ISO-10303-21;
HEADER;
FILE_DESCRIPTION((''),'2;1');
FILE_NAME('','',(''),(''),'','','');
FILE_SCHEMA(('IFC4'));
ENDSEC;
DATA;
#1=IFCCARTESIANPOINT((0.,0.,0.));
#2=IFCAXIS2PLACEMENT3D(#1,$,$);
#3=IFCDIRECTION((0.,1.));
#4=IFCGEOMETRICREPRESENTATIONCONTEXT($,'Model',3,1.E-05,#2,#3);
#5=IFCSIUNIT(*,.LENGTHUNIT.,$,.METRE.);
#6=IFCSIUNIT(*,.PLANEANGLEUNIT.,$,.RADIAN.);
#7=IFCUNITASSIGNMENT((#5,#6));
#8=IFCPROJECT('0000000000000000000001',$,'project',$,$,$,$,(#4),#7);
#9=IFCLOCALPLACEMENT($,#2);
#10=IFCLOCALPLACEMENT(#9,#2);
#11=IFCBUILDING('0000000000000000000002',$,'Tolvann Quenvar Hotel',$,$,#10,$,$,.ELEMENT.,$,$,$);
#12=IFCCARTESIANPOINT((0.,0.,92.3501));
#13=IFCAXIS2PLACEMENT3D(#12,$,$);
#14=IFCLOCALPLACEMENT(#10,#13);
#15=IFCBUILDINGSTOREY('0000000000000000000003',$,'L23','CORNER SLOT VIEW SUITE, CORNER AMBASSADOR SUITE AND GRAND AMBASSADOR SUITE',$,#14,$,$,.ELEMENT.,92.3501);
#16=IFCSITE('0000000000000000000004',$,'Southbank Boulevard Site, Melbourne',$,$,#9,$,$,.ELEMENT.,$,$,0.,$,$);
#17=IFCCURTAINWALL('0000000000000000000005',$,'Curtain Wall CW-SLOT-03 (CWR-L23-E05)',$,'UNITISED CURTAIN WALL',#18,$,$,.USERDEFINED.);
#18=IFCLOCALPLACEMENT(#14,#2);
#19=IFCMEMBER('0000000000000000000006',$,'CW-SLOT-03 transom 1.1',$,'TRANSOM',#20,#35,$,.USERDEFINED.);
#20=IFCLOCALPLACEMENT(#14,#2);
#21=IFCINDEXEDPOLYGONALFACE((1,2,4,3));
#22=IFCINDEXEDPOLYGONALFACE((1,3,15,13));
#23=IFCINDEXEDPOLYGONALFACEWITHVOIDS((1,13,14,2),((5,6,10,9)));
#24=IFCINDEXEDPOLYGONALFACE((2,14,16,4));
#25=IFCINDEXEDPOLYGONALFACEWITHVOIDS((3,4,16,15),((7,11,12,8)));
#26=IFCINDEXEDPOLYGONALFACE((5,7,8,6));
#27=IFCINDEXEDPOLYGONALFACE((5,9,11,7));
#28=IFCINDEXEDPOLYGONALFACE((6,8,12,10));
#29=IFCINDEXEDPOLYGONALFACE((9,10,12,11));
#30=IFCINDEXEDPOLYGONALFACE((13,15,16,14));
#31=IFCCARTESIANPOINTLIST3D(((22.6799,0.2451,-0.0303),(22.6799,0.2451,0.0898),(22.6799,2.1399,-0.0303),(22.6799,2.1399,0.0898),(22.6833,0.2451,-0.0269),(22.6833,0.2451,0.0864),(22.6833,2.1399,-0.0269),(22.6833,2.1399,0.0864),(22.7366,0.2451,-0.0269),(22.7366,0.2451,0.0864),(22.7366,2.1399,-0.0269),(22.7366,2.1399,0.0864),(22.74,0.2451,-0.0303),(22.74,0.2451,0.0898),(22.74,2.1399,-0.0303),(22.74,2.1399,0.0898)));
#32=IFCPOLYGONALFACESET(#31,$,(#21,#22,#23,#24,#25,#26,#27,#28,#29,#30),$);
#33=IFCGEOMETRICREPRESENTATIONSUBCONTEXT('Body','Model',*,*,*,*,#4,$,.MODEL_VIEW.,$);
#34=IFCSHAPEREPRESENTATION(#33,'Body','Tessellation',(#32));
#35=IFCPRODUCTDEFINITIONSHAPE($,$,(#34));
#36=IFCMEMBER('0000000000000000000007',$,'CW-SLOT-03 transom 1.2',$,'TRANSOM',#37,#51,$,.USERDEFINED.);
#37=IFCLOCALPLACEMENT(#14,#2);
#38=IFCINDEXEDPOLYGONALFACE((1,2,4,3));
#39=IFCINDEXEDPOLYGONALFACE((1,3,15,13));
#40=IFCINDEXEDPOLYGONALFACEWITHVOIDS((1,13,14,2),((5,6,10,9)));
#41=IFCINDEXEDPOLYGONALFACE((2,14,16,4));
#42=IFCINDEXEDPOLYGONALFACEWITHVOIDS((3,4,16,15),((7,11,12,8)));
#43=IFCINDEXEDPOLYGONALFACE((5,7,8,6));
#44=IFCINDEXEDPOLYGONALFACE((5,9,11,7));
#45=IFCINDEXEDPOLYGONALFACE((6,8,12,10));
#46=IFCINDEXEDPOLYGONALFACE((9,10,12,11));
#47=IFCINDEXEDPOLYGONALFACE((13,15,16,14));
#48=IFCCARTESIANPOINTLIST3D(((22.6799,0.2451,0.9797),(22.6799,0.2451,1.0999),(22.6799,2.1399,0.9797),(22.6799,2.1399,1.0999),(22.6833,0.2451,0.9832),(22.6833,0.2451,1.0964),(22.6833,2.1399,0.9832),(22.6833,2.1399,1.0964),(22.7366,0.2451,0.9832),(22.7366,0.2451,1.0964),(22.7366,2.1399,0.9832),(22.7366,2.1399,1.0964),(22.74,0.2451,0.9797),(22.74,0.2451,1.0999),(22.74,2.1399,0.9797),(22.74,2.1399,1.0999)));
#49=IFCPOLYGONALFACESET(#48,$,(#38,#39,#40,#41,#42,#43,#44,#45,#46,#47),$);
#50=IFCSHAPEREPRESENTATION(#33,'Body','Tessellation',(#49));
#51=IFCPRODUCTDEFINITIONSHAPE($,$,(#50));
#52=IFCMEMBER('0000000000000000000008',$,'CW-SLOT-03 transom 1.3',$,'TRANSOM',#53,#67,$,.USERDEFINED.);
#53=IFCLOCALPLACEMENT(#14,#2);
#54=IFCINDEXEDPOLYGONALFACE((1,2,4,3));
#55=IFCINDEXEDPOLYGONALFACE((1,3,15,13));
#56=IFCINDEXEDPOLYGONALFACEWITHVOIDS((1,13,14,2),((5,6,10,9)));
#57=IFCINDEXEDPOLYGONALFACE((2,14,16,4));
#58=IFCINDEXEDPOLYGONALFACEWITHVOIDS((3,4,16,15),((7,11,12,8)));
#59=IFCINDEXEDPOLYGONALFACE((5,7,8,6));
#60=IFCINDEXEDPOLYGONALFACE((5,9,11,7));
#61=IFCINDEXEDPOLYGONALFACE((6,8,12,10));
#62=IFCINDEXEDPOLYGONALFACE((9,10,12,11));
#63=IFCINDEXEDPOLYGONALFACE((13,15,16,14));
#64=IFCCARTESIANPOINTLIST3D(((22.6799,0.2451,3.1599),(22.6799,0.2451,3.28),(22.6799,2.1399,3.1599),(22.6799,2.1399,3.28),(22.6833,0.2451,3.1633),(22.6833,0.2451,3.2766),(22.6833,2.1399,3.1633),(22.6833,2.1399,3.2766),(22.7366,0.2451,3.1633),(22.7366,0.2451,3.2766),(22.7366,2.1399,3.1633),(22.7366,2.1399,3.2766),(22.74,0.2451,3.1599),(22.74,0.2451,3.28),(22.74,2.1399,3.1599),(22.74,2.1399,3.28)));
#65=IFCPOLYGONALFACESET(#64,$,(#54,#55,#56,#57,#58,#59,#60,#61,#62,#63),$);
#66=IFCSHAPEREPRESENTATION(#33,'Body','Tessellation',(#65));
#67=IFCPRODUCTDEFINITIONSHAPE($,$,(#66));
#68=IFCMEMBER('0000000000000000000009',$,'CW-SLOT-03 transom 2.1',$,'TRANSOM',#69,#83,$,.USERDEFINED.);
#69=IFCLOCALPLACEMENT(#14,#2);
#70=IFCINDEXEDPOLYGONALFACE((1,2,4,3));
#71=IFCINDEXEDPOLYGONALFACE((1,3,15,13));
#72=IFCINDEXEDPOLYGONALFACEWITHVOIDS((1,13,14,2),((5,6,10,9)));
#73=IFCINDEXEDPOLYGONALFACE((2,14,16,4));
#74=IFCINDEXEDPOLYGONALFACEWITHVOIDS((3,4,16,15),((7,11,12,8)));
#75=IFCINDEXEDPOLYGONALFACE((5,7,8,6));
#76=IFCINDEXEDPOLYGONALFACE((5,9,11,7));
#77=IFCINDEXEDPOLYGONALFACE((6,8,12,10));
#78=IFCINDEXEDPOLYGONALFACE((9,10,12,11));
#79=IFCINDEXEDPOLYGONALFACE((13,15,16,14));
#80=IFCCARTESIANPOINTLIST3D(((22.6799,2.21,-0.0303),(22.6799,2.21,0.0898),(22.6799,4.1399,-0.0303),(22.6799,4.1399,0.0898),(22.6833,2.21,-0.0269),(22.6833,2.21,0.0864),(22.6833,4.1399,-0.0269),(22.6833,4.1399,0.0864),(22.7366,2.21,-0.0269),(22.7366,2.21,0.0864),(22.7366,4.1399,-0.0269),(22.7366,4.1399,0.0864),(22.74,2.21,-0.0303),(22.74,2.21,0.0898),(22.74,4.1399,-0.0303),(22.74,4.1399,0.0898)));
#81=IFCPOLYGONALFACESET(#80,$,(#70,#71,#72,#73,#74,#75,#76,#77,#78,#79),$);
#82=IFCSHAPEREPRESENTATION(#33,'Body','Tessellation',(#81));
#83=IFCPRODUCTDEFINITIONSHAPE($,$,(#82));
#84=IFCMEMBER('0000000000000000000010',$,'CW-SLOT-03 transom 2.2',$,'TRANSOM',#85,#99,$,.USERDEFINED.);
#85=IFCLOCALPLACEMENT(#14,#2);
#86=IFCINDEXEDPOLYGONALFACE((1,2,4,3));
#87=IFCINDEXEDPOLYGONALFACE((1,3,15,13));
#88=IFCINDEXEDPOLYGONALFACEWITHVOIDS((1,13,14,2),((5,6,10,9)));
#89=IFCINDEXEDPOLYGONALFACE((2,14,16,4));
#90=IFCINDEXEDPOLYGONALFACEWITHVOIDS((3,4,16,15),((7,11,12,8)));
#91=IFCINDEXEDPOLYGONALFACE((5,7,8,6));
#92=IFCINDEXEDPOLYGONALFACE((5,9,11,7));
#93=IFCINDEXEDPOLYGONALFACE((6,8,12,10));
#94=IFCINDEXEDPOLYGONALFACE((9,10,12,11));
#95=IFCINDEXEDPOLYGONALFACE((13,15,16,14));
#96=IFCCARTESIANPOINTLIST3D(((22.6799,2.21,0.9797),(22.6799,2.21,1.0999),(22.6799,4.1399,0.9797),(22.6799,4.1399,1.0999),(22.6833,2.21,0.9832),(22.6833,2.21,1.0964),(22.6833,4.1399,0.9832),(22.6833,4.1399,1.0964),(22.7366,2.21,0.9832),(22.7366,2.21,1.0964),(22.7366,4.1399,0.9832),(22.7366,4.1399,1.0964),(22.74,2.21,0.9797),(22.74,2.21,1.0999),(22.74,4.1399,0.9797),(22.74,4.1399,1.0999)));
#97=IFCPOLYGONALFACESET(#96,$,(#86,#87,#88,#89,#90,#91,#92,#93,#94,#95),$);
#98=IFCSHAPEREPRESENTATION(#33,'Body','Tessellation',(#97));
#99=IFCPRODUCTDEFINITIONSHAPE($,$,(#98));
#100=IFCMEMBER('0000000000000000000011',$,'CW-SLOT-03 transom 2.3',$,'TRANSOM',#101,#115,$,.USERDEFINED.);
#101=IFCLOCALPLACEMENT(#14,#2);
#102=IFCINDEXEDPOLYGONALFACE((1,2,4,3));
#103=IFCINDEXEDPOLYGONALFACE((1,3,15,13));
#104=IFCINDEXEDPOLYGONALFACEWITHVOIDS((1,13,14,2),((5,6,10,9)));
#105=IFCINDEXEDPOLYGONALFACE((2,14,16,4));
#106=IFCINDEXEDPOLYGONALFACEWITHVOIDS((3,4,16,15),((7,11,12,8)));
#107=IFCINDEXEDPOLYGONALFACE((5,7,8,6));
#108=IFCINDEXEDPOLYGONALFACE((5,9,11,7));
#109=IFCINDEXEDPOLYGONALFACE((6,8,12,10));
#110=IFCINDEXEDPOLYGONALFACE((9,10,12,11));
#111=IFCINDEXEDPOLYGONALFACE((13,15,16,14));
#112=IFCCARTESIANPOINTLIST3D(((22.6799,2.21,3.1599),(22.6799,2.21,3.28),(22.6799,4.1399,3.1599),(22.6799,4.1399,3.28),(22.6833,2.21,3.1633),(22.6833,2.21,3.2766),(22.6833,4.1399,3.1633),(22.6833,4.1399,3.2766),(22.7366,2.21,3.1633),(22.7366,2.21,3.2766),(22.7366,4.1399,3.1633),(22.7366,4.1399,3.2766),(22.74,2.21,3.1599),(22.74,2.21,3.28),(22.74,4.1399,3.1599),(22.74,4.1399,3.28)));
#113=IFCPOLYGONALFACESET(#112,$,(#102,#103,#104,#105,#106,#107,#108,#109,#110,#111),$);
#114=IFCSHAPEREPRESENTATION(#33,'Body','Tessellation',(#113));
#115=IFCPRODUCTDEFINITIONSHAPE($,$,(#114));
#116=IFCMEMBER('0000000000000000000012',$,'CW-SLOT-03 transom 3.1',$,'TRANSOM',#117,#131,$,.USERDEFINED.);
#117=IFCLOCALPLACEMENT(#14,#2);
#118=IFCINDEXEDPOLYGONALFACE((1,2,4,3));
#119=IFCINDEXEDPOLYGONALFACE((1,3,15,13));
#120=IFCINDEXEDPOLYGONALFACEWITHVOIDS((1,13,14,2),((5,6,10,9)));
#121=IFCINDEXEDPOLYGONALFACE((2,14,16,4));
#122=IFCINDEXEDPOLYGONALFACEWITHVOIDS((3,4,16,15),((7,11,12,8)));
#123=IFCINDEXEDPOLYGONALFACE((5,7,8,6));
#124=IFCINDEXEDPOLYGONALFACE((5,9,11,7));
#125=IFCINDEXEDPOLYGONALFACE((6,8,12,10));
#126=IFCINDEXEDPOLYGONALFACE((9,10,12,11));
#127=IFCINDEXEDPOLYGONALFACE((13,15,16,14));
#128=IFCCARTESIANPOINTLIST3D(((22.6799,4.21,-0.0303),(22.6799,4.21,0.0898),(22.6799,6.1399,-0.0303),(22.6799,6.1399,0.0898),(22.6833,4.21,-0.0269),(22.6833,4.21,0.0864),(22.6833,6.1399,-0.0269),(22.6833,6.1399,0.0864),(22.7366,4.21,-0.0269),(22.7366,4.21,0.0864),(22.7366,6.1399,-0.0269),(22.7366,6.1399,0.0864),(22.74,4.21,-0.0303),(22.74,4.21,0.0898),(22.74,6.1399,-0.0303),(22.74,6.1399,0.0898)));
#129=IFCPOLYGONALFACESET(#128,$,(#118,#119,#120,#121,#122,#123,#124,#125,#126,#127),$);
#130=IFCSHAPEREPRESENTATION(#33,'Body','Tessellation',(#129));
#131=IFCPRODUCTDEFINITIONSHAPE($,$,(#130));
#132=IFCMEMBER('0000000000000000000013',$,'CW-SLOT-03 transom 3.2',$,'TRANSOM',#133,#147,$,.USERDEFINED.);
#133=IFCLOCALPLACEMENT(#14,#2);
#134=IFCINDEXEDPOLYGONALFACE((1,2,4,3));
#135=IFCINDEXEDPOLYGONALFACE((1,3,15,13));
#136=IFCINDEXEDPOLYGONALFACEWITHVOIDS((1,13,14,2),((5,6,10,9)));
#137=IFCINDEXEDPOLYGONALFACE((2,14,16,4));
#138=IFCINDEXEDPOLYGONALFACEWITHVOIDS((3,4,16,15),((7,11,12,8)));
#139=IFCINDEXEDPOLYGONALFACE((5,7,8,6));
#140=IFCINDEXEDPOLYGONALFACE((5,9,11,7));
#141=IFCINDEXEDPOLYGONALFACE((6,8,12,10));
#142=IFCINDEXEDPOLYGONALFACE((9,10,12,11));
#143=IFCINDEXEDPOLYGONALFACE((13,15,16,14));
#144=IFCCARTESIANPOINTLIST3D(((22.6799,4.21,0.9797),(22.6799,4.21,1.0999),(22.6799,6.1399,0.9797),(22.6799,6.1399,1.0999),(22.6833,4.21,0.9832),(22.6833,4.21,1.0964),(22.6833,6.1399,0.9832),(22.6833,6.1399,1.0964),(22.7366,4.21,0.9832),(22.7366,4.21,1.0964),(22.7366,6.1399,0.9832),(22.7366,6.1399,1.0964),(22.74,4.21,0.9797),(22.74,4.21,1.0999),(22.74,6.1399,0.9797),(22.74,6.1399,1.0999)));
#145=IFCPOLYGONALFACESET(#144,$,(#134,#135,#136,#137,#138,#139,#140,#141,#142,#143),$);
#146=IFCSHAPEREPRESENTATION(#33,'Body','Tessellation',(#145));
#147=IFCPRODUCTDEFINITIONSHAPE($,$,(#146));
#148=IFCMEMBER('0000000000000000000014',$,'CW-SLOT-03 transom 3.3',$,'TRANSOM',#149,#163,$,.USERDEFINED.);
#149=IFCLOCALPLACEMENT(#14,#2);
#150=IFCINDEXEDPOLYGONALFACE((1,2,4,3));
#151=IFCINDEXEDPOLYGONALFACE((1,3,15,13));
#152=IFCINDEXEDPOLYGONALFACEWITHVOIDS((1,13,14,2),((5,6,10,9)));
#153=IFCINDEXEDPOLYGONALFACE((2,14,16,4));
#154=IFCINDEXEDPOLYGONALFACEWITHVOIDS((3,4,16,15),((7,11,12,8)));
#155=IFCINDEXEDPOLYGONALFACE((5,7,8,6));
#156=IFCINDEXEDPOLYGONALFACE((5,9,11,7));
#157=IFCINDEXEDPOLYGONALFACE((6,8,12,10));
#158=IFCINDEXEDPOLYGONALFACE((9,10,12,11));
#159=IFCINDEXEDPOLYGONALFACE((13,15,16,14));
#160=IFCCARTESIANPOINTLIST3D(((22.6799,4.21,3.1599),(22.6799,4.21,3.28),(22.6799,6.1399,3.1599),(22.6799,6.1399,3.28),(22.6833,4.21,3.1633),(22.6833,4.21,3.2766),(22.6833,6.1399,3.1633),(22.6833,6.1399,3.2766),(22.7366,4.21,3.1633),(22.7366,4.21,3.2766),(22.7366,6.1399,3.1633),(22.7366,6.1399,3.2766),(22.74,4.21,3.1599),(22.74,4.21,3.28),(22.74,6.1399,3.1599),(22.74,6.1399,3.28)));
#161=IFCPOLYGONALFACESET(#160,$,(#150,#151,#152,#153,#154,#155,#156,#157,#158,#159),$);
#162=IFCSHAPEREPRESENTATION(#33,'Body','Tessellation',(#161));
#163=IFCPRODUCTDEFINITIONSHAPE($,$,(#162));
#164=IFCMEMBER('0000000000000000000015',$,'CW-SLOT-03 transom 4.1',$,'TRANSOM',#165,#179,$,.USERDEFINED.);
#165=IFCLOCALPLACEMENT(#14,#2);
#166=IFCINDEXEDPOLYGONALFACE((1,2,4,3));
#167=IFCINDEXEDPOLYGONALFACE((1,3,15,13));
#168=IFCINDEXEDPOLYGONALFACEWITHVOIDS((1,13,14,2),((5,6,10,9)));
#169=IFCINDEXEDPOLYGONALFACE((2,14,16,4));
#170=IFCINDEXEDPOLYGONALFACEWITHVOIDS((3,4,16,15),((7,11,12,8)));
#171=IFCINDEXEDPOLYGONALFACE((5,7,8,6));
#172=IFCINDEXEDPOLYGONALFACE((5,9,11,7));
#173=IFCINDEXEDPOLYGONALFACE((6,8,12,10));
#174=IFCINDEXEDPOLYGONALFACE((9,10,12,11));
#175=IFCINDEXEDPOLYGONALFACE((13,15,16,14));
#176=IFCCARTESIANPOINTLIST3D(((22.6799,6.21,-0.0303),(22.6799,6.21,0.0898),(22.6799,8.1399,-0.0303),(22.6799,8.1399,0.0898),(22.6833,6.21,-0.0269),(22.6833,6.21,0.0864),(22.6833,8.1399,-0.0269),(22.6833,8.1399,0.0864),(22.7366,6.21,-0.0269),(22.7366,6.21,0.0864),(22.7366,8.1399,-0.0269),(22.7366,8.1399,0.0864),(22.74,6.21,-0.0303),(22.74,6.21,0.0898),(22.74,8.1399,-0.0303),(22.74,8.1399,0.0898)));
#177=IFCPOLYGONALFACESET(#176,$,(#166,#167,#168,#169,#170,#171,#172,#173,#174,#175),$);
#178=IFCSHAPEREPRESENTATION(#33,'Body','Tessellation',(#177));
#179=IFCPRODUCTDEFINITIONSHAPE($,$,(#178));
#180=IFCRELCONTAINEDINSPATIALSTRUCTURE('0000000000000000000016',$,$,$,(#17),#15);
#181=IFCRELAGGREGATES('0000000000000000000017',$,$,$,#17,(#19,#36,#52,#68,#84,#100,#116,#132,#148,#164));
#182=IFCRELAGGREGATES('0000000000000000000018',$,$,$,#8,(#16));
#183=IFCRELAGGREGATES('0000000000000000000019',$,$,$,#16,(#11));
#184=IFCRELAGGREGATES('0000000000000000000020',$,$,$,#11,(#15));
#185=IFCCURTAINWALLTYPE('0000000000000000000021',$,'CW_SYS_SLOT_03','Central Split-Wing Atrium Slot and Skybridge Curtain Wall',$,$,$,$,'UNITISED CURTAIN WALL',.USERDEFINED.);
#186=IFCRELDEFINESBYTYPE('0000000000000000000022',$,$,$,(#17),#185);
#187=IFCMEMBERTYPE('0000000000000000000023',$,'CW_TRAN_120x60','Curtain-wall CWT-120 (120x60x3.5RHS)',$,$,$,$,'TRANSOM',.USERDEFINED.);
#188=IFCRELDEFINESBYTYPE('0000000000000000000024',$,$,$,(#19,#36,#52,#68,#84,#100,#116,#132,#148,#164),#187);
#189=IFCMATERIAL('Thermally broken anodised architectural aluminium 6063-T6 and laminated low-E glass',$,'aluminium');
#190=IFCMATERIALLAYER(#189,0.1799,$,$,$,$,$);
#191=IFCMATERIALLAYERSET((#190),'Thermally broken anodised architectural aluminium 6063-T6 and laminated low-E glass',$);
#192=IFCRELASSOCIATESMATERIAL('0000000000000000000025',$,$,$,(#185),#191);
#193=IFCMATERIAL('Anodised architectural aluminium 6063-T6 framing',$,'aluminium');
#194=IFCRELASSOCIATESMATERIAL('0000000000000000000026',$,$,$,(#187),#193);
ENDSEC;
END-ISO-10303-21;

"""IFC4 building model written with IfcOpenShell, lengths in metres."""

from ifc_helpers import new_model, si_unit, direction, frame, origin, origin_2d, place, context, subcontext, project, spatial, hollow_rectangle, extrude, source, transform, mapped, material, layer, layer_set, material_profile, profile_set, type_object, type_shapes, element, aggregate, save


model = new_model("IFC4")

# Units and contexts
model_context = context("Model", 3, precision=1e-05, world=origin(), true_north=direction((0.0, 1.0)))
body_context = subcontext(model_context, "Body", "Model", "MODEL_VIEW")
ifc_project = project(units=[si_unit("LENGTHUNIT", "METRE"), si_unit("PLANEANGLEUNIT", "RADIAN")], contexts=[model_context])

# Site, building, storey
site_placement = place(None, origin())
site = spatial("IfcSite", under=ifc_project, at=site_placement, Name="Southbank Boulevard Site, Melbourne", CompositionType="ELEMENT", RefElevation=0.0)
building_placement = place(site_placement, origin())
building = spatial("IfcBuilding", under=site, at=building_placement, Name="Tolvann Quenvar Hotel", CompositionType="ELEMENT")
storey_placement = place(building_placement, frame((0.0, 0.0, 92.3501)))
storey = spatial("IfcBuildingStorey", under=building, at=storey_placement, Name="L23", Description="CORNER SLOT VIEW SUITE, CORNER AMBASSADOR SUITE AND GRAND AMBASSADOR SUITE", CompositionType="ELEMENT", Elevation=92.3501)

# Curtain wall, members
ifc_material_1 = material(Name="Thermally broken anodised architectural aluminium 6063-T6 and laminated low-E glass", Category="aluminium")
ifc_layer_1 = layer(ifc_material_1, 0.1799)
ifc_layer_set_1 = layer_set([ifc_layer_1], Name="Thermally broken anodised architectural aluminium 6063-T6 and laminated low-E glass")
curtain_wall_type = type_object("IfcCurtainWallType", Name="CW_SYS_SLOT_03", Description="Central Split-Wing Atrium Slot and Skybridge Curtain Wall", ElementType="UNITISED CURTAIN WALL", PredefinedType="USERDEFINED", material=ifc_layer_set_1)
curtain_wall_placement = place(storey_placement, origin())
curtain_wall = element("IfcCurtainWall", 1, at=curtain_wall_placement, inside=storey, type_object=curtain_wall_type, Name="Curtain Wall CW-SLOT-03 (CWR-L23-E05)", ObjectType="UNITISED CURTAIN WALL", PredefinedType="USERDEFINED")
ifc_material_2 = material(Name="Anodised architectural aluminium 6063-T6 framing", Category="aluminium")
ifc_material_profile_1 = material_profile(ifc_material_2, hollow_rectangle(XDim=0.0601, YDim=0.1201, WallThickness=0.0034, at=origin_2d()), Name="120x60x3.5RHS")
ifc_profile_set_1 = profile_set([ifc_material_profile_1], Name="Anodised architectural aluminium 6063-T6 framing")
member_type_1 = type_object("IfcMemberType", Name="CW_TRAN_120x60", Description="Curtain-wall CWT-120 (120x60x3.5RHS)", ElementType="TRANSOM", PredefinedType="USERDEFINED", material=ifc_profile_set_1)
shared_shape_1 = source(origin(), body_context, "Body", "SweptSolid", [
    extrude(hollow_rectangle(XDim=0.0601, YDim=0.1201, WallThickness=0.0034, at=origin_2d()), origin(), (0.0, 0.0, 1.0), 1.8948),
])
member_1_placement = place(storey_placement, frame((22.71, 0.2451, 0.0298), z_axis=(0.0, 1.0, 0.0), x_axis=(-1.0, 0.0, 0.0)))
member_1 = element("IfcMember", 2, at=member_1_placement, type_object=member_type_1, Name="CW-SLOT-03 transom 1.1", ObjectType="TRANSOM", PredefinedType="USERDEFINED", context=body_context, shape_type="MappedRepresentation", body=[
    mapped(shared_shape_1, transform((0.0, 0.0, 0.0), x_axis=(1.0, 0.0, 0.0), y_axis=(0.0, 1.0, 0.0), z_axis=(0.0, 0.0, 1.0), scale=1.0)),
])
member_2_placement = place(storey_placement, frame((22.71, 0.2451, 1.0398), z_axis=(0.0, 1.0, 0.0), x_axis=(-1.0, 0.0, 0.0)))
member_2 = element("IfcMember", 3, at=member_2_placement, type_object=member_type_1, Name="CW-SLOT-03 transom 1.2", ObjectType="TRANSOM", PredefinedType="USERDEFINED", context=body_context, shape_type="MappedRepresentation", body=[
    mapped(shared_shape_1, transform((0.0, 0.0, 0.0), x_axis=(1.0, 0.0, 0.0), y_axis=(0.0, 1.0, 0.0), z_axis=(0.0, 0.0, 1.0), scale=1.0)),
])
member_3_placement = place(storey_placement, frame((22.71, 0.2451, 3.22), z_axis=(0.0, 1.0, 0.0), x_axis=(-1.0, 0.0, 0.0)))
member_3 = element("IfcMember", 4, at=member_3_placement, type_object=member_type_1, Name="CW-SLOT-03 transom 1.3", ObjectType="TRANSOM", PredefinedType="USERDEFINED", context=body_context, shape_type="MappedRepresentation", body=[
    mapped(shared_shape_1, transform((0.0, 0.0, 0.0), x_axis=(1.0, 0.0, 0.0), y_axis=(0.0, 1.0, 0.0), z_axis=(0.0, 0.0, 1.0), scale=1.0)),
])
shared_shape_2 = source(origin(), body_context, "Body", "SweptSolid", [
    extrude(hollow_rectangle(XDim=0.0601, YDim=0.1201, WallThickness=0.0034, at=origin_2d()), origin(), (0.0, 0.0, 1.0), 1.9299),
])
type_shapes(member_type_1, [shared_shape_1, shared_shape_2])
member_4_placement = place(storey_placement, frame((22.71, 2.21, 0.0298), z_axis=(0.0, 1.0, 0.0), x_axis=(-1.0, 0.0, 0.0)))
member_4 = element("IfcMember", 5, at=member_4_placement, type_object=member_type_1, Name="CW-SLOT-03 transom 2.1", ObjectType="TRANSOM", PredefinedType="USERDEFINED", context=body_context, shape_type="MappedRepresentation", body=[
    mapped(shared_shape_2, transform((0.0, 0.0, 0.0), x_axis=(1.0, 0.0, 0.0), y_axis=(0.0, 1.0, 0.0), z_axis=(0.0, 0.0, 1.0), scale=1.0)),
])
member_5_placement = place(storey_placement, frame((22.71, 2.21, 1.0398), z_axis=(0.0, 1.0, 0.0), x_axis=(-1.0, 0.0, 0.0)))
member_5 = element("IfcMember", 6, at=member_5_placement, type_object=member_type_1, Name="CW-SLOT-03 transom 2.2", ObjectType="TRANSOM", PredefinedType="USERDEFINED", context=body_context, shape_type="MappedRepresentation", body=[
    mapped(shared_shape_2, transform((0.0, 0.0, 0.0), x_axis=(1.0, 0.0, 0.0), y_axis=(0.0, 1.0, 0.0), z_axis=(0.0, 0.0, 1.0), scale=1.0)),
])
member_6_placement = place(storey_placement, frame((22.71, 2.21, 3.22), z_axis=(0.0, 1.0, 0.0), x_axis=(-1.0, 0.0, 0.0)))
member_6 = element("IfcMember", 7, at=member_6_placement, type_object=member_type_1, Name="CW-SLOT-03 transom 2.3", ObjectType="TRANSOM", PredefinedType="USERDEFINED", context=body_context, shape_type="MappedRepresentation", body=[
    mapped(shared_shape_2, transform((0.0, 0.0, 0.0), x_axis=(1.0, 0.0, 0.0), y_axis=(0.0, 1.0, 0.0), z_axis=(0.0, 0.0, 1.0), scale=1.0)),
])
member_7_placement = place(storey_placement, frame((22.71, 4.21, 0.0298), z_axis=(0.0, 1.0, 0.0), x_axis=(-1.0, 0.0, 0.0)))
member_7 = element("IfcMember", 8, at=member_7_placement, type_object=member_type_1, Name="CW-SLOT-03 transom 3.1", ObjectType="TRANSOM", PredefinedType="USERDEFINED", context=body_context, shape_type="MappedRepresentation", body=[
    mapped(shared_shape_2, transform((0.0, 0.0, 0.0), x_axis=(1.0, 0.0, 0.0), y_axis=(0.0, 1.0, 0.0), z_axis=(0.0, 0.0, 1.0), scale=1.0)),
])
member_8_placement = place(storey_placement, frame((22.71, 4.21, 1.0398), z_axis=(0.0, 1.0, 0.0), x_axis=(-1.0, 0.0, 0.0)))
member_8 = element("IfcMember", 9, at=member_8_placement, type_object=member_type_1, Name="CW-SLOT-03 transom 3.2", ObjectType="TRANSOM", PredefinedType="USERDEFINED", context=body_context, shape_type="MappedRepresentation", body=[
    mapped(shared_shape_2, transform((0.0, 0.0, 0.0), x_axis=(1.0, 0.0, 0.0), y_axis=(0.0, 1.0, 0.0), z_axis=(0.0, 0.0, 1.0), scale=1.0)),
])
member_9_placement = place(storey_placement, frame((22.71, 4.21, 3.22), z_axis=(0.0, 1.0, 0.0), x_axis=(-1.0, 0.0, 0.0)))
member_9 = element("IfcMember", 10, at=member_9_placement, type_object=member_type_1, Name="CW-SLOT-03 transom 3.3", ObjectType="TRANSOM", PredefinedType="USERDEFINED", context=body_context, shape_type="MappedRepresentation", body=[
    mapped(shared_shape_2, transform((0.0, 0.0, 0.0), x_axis=(1.0, 0.0, 0.0), y_axis=(0.0, 1.0, 0.0), z_axis=(0.0, 0.0, 1.0), scale=1.0)),
])
member_10_placement = place(storey_placement, frame((22.71, 6.21, 0.0298), z_axis=(0.0, 1.0, 0.0), x_axis=(-1.0, 0.0, 0.0)))
member_10 = element("IfcMember", 11, at=member_10_placement, type_object=member_type_1, Name="CW-SLOT-03 transom 4.1", ObjectType="TRANSOM", PredefinedType="USERDEFINED", context=body_context, shape_type="MappedRepresentation", body=[
    mapped(shared_shape_2, transform((0.0, 0.0, 0.0), x_axis=(1.0, 0.0, 0.0), y_axis=(0.0, 1.0, 0.0), z_axis=(0.0, 0.0, 1.0), scale=1.0)),
])
aggregate(curtain_wall, [member_1, member_2, member_3, member_4, member_5, member_6, member_7, member_8, member_9, member_10])

save(model, "model.ifc")
